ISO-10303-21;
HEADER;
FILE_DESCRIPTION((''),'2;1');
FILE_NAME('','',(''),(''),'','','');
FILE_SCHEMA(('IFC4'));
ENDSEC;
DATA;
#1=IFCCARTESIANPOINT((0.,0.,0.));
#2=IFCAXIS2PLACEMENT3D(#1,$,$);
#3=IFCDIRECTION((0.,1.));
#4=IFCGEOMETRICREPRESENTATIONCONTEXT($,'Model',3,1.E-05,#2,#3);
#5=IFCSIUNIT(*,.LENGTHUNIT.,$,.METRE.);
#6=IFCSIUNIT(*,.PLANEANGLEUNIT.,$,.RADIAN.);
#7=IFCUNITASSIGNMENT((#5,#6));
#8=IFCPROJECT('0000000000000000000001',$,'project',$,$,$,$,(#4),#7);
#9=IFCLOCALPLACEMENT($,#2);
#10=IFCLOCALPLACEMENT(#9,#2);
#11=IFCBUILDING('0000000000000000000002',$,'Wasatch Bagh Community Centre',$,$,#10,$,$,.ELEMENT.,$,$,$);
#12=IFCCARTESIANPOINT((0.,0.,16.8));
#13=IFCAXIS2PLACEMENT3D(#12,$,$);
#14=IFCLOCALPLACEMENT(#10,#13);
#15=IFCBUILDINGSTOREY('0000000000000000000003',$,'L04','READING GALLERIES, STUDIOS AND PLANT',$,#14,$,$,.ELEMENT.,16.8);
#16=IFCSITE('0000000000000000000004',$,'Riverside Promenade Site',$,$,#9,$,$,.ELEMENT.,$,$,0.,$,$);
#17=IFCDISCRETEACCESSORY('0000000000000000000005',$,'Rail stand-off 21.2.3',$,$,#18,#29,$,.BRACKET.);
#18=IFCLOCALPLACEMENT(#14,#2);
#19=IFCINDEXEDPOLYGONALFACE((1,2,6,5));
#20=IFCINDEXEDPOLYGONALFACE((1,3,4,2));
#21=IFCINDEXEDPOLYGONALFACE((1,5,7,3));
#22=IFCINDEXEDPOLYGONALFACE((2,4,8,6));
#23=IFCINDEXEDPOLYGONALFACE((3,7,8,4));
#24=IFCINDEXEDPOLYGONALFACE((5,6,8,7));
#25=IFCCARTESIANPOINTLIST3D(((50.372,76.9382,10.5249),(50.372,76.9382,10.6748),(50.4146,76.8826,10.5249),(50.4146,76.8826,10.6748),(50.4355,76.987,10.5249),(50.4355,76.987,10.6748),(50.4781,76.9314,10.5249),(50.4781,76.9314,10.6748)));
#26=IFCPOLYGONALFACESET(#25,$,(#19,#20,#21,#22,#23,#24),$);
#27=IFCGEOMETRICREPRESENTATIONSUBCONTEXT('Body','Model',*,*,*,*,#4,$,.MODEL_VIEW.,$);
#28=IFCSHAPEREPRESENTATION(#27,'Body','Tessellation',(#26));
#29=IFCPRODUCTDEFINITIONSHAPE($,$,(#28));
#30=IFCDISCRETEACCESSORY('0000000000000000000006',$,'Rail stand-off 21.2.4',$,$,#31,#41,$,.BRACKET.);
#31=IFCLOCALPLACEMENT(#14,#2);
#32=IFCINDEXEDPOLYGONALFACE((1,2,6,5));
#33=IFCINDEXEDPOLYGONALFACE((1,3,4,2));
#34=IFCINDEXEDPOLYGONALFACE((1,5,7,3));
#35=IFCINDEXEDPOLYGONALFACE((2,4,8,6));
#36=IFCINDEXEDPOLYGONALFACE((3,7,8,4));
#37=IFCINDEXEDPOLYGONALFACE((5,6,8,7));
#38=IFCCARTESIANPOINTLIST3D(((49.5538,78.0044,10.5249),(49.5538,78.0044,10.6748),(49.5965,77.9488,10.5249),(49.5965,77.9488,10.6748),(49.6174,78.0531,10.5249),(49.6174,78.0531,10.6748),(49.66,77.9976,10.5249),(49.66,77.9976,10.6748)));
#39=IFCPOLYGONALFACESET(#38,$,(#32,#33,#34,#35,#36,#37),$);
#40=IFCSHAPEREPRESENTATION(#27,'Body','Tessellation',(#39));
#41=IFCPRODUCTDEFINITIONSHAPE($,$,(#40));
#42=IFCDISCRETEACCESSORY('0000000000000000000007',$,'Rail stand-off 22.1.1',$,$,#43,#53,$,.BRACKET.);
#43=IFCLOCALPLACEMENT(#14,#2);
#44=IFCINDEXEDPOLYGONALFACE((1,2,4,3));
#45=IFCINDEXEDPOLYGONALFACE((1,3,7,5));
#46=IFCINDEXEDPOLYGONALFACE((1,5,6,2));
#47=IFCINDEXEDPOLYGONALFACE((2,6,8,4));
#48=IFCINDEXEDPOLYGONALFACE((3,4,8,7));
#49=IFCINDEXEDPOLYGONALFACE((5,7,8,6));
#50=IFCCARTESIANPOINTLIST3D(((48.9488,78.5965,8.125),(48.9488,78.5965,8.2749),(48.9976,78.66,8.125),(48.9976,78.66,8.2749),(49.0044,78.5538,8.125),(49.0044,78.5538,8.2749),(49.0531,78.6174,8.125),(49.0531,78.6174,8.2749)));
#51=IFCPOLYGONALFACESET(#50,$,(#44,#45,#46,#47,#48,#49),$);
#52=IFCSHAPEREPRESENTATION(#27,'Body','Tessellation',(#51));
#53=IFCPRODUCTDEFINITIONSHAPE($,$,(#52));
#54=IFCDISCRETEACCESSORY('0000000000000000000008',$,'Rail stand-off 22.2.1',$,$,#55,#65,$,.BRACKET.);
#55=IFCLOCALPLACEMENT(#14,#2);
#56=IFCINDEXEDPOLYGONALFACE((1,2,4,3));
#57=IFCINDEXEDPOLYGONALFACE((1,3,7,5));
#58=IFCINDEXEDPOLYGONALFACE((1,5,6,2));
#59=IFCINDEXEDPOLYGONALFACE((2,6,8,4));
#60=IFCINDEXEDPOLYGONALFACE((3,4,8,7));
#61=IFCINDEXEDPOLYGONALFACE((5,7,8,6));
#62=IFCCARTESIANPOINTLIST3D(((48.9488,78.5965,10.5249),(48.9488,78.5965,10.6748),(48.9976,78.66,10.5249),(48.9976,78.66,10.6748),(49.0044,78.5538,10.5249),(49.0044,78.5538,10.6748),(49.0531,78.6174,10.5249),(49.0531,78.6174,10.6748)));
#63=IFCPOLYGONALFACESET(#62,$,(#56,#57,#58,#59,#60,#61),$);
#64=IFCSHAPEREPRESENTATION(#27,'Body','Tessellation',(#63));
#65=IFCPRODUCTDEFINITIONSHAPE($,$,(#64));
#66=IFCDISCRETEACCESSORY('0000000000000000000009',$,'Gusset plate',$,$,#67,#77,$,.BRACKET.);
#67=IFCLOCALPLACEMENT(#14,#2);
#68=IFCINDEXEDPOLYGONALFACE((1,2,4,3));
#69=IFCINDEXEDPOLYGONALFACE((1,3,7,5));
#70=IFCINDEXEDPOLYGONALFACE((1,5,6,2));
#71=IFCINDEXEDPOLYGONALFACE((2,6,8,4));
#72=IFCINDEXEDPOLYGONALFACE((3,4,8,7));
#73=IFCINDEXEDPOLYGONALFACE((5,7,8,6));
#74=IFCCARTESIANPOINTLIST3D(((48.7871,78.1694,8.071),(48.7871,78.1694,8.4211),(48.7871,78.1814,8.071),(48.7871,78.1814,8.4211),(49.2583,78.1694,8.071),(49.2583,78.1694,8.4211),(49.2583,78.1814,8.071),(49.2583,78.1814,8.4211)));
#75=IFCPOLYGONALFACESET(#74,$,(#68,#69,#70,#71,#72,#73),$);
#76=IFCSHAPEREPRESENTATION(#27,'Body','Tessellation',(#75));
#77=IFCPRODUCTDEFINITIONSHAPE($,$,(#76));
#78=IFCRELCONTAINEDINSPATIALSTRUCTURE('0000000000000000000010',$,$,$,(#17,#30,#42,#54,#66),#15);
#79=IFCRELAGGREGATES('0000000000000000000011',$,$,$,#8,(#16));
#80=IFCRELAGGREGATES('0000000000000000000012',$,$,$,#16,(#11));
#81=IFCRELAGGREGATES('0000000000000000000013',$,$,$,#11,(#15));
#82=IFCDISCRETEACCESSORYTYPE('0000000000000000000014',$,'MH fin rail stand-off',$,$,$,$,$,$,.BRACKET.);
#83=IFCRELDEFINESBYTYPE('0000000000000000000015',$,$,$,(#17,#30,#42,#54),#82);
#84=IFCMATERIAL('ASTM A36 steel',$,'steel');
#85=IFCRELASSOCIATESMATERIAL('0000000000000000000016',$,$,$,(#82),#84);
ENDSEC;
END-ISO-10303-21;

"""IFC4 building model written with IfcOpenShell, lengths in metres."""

from ifc_helpers import new_model, si_unit, direction, frame, origin, origin_2d, place, context, subcontext, project, spatial, polyline, rectangle, outline, extrude, material, type_object, element, save


model = new_model("IFC4")

# Units and contexts
model_context = context("Model", 3, precision=1e-05, world=origin(), true_north=direction((0.0, 1.0)))
body_context = subcontext(model_context, "Body", "Model", "MODEL_VIEW")
ifc_project = project(units=[si_unit("LENGTHUNIT", "METRE"), si_unit("PLANEANGLEUNIT", "RADIAN")], contexts=[model_context])

# Site, building, storey
site_placement = place(None, origin())
site = spatial("IfcSite", under=ifc_project, at=site_placement, Name="Riverside Promenade Site", CompositionType="ELEMENT", RefElevation=0.0)
building_placement = place(site_placement, origin())
building = spatial("IfcBuilding", under=site, at=building_placement, Name="Wasatch Bagh Community Centre", CompositionType="ELEMENT")
storey_placement = place(building_placement, frame((0.0, 0.0, 16.8)))
storey = spatial("IfcBuildingStorey", under=building, at=storey_placement, Name="L04", Description="READING GALLERIES, STUDIOS AND PLANT", CompositionType="ELEMENT", Elevation=16.8)

# Discrete accessories
ifc_material_1 = material(Name="ASTM A36 steel", Category="steel")
discrete_accessory_type_1 = type_object("IfcDiscreteAccessoryType", Name="MH fin rail stand-off", PredefinedType="BRACKET", material=ifc_material_1)
for number, where, z_axis, x_axis, name in (
    (1, (50.425, 76.9348, 10.5249), (0.0, 0.0, 1.0), (-0.608761, 0.793353, 0.0), "Rail stand-off 21.2.3"),
    (2, (49.6069, 78.001, 10.5249), (0.0, 0.0, 1.0), (-0.608761, 0.793353, 0.0), "Rail stand-off 21.2.4"),
    (3, (49.001, 78.6069, 8.125), (0.0, 0.0, 1.0), (-0.793353, 0.608761, 0.0), "Rail stand-off 22.1.1"),
    (4, (49.001, 78.6069, 10.5249), (0.0, 0.0, 1.0), (-0.793353, 0.608761, 0.0), "Rail stand-off 22.2.1"),
):
    element("IfcDiscreteAccessory", number, at=place(storey_placement, frame(where, z_axis=z_axis, x_axis=x_axis)), inside=storey, type_object=discrete_accessory_type_1, Name=name, PredefinedType="BRACKET", context=body_context, shape_type="SweptSolid", body=[
        extrude(rectangle(XDim=0.0701, YDim=0.0801, at=origin_2d()), origin(), (0.0, 0.0, 1.0), 0.1499),
    ])
discrete_accessory_placement = place(storey_placement, frame((48.7871, 78.1694, 8.071), z_axis=(0.0, -1.0, 0.0), x_axis=(1.0, 0.0, 0.0)))
element("IfcDiscreteAccessory", 5, at=discrete_accessory_placement, inside=storey, Name="Gusset plate", PredefinedType="BRACKET", context=body_context, shape_type="SweptSolid", body=[
    extrude(outline(polyline([(0.0, 0.0), (0.4712, 0.0), (0.4712, 0.3501), (0.0, 0.3501), (0.0, 0.0)])), origin(), (0.0, 0.0, -1.0), 0.012),
])

save(model, "model.ifc")
